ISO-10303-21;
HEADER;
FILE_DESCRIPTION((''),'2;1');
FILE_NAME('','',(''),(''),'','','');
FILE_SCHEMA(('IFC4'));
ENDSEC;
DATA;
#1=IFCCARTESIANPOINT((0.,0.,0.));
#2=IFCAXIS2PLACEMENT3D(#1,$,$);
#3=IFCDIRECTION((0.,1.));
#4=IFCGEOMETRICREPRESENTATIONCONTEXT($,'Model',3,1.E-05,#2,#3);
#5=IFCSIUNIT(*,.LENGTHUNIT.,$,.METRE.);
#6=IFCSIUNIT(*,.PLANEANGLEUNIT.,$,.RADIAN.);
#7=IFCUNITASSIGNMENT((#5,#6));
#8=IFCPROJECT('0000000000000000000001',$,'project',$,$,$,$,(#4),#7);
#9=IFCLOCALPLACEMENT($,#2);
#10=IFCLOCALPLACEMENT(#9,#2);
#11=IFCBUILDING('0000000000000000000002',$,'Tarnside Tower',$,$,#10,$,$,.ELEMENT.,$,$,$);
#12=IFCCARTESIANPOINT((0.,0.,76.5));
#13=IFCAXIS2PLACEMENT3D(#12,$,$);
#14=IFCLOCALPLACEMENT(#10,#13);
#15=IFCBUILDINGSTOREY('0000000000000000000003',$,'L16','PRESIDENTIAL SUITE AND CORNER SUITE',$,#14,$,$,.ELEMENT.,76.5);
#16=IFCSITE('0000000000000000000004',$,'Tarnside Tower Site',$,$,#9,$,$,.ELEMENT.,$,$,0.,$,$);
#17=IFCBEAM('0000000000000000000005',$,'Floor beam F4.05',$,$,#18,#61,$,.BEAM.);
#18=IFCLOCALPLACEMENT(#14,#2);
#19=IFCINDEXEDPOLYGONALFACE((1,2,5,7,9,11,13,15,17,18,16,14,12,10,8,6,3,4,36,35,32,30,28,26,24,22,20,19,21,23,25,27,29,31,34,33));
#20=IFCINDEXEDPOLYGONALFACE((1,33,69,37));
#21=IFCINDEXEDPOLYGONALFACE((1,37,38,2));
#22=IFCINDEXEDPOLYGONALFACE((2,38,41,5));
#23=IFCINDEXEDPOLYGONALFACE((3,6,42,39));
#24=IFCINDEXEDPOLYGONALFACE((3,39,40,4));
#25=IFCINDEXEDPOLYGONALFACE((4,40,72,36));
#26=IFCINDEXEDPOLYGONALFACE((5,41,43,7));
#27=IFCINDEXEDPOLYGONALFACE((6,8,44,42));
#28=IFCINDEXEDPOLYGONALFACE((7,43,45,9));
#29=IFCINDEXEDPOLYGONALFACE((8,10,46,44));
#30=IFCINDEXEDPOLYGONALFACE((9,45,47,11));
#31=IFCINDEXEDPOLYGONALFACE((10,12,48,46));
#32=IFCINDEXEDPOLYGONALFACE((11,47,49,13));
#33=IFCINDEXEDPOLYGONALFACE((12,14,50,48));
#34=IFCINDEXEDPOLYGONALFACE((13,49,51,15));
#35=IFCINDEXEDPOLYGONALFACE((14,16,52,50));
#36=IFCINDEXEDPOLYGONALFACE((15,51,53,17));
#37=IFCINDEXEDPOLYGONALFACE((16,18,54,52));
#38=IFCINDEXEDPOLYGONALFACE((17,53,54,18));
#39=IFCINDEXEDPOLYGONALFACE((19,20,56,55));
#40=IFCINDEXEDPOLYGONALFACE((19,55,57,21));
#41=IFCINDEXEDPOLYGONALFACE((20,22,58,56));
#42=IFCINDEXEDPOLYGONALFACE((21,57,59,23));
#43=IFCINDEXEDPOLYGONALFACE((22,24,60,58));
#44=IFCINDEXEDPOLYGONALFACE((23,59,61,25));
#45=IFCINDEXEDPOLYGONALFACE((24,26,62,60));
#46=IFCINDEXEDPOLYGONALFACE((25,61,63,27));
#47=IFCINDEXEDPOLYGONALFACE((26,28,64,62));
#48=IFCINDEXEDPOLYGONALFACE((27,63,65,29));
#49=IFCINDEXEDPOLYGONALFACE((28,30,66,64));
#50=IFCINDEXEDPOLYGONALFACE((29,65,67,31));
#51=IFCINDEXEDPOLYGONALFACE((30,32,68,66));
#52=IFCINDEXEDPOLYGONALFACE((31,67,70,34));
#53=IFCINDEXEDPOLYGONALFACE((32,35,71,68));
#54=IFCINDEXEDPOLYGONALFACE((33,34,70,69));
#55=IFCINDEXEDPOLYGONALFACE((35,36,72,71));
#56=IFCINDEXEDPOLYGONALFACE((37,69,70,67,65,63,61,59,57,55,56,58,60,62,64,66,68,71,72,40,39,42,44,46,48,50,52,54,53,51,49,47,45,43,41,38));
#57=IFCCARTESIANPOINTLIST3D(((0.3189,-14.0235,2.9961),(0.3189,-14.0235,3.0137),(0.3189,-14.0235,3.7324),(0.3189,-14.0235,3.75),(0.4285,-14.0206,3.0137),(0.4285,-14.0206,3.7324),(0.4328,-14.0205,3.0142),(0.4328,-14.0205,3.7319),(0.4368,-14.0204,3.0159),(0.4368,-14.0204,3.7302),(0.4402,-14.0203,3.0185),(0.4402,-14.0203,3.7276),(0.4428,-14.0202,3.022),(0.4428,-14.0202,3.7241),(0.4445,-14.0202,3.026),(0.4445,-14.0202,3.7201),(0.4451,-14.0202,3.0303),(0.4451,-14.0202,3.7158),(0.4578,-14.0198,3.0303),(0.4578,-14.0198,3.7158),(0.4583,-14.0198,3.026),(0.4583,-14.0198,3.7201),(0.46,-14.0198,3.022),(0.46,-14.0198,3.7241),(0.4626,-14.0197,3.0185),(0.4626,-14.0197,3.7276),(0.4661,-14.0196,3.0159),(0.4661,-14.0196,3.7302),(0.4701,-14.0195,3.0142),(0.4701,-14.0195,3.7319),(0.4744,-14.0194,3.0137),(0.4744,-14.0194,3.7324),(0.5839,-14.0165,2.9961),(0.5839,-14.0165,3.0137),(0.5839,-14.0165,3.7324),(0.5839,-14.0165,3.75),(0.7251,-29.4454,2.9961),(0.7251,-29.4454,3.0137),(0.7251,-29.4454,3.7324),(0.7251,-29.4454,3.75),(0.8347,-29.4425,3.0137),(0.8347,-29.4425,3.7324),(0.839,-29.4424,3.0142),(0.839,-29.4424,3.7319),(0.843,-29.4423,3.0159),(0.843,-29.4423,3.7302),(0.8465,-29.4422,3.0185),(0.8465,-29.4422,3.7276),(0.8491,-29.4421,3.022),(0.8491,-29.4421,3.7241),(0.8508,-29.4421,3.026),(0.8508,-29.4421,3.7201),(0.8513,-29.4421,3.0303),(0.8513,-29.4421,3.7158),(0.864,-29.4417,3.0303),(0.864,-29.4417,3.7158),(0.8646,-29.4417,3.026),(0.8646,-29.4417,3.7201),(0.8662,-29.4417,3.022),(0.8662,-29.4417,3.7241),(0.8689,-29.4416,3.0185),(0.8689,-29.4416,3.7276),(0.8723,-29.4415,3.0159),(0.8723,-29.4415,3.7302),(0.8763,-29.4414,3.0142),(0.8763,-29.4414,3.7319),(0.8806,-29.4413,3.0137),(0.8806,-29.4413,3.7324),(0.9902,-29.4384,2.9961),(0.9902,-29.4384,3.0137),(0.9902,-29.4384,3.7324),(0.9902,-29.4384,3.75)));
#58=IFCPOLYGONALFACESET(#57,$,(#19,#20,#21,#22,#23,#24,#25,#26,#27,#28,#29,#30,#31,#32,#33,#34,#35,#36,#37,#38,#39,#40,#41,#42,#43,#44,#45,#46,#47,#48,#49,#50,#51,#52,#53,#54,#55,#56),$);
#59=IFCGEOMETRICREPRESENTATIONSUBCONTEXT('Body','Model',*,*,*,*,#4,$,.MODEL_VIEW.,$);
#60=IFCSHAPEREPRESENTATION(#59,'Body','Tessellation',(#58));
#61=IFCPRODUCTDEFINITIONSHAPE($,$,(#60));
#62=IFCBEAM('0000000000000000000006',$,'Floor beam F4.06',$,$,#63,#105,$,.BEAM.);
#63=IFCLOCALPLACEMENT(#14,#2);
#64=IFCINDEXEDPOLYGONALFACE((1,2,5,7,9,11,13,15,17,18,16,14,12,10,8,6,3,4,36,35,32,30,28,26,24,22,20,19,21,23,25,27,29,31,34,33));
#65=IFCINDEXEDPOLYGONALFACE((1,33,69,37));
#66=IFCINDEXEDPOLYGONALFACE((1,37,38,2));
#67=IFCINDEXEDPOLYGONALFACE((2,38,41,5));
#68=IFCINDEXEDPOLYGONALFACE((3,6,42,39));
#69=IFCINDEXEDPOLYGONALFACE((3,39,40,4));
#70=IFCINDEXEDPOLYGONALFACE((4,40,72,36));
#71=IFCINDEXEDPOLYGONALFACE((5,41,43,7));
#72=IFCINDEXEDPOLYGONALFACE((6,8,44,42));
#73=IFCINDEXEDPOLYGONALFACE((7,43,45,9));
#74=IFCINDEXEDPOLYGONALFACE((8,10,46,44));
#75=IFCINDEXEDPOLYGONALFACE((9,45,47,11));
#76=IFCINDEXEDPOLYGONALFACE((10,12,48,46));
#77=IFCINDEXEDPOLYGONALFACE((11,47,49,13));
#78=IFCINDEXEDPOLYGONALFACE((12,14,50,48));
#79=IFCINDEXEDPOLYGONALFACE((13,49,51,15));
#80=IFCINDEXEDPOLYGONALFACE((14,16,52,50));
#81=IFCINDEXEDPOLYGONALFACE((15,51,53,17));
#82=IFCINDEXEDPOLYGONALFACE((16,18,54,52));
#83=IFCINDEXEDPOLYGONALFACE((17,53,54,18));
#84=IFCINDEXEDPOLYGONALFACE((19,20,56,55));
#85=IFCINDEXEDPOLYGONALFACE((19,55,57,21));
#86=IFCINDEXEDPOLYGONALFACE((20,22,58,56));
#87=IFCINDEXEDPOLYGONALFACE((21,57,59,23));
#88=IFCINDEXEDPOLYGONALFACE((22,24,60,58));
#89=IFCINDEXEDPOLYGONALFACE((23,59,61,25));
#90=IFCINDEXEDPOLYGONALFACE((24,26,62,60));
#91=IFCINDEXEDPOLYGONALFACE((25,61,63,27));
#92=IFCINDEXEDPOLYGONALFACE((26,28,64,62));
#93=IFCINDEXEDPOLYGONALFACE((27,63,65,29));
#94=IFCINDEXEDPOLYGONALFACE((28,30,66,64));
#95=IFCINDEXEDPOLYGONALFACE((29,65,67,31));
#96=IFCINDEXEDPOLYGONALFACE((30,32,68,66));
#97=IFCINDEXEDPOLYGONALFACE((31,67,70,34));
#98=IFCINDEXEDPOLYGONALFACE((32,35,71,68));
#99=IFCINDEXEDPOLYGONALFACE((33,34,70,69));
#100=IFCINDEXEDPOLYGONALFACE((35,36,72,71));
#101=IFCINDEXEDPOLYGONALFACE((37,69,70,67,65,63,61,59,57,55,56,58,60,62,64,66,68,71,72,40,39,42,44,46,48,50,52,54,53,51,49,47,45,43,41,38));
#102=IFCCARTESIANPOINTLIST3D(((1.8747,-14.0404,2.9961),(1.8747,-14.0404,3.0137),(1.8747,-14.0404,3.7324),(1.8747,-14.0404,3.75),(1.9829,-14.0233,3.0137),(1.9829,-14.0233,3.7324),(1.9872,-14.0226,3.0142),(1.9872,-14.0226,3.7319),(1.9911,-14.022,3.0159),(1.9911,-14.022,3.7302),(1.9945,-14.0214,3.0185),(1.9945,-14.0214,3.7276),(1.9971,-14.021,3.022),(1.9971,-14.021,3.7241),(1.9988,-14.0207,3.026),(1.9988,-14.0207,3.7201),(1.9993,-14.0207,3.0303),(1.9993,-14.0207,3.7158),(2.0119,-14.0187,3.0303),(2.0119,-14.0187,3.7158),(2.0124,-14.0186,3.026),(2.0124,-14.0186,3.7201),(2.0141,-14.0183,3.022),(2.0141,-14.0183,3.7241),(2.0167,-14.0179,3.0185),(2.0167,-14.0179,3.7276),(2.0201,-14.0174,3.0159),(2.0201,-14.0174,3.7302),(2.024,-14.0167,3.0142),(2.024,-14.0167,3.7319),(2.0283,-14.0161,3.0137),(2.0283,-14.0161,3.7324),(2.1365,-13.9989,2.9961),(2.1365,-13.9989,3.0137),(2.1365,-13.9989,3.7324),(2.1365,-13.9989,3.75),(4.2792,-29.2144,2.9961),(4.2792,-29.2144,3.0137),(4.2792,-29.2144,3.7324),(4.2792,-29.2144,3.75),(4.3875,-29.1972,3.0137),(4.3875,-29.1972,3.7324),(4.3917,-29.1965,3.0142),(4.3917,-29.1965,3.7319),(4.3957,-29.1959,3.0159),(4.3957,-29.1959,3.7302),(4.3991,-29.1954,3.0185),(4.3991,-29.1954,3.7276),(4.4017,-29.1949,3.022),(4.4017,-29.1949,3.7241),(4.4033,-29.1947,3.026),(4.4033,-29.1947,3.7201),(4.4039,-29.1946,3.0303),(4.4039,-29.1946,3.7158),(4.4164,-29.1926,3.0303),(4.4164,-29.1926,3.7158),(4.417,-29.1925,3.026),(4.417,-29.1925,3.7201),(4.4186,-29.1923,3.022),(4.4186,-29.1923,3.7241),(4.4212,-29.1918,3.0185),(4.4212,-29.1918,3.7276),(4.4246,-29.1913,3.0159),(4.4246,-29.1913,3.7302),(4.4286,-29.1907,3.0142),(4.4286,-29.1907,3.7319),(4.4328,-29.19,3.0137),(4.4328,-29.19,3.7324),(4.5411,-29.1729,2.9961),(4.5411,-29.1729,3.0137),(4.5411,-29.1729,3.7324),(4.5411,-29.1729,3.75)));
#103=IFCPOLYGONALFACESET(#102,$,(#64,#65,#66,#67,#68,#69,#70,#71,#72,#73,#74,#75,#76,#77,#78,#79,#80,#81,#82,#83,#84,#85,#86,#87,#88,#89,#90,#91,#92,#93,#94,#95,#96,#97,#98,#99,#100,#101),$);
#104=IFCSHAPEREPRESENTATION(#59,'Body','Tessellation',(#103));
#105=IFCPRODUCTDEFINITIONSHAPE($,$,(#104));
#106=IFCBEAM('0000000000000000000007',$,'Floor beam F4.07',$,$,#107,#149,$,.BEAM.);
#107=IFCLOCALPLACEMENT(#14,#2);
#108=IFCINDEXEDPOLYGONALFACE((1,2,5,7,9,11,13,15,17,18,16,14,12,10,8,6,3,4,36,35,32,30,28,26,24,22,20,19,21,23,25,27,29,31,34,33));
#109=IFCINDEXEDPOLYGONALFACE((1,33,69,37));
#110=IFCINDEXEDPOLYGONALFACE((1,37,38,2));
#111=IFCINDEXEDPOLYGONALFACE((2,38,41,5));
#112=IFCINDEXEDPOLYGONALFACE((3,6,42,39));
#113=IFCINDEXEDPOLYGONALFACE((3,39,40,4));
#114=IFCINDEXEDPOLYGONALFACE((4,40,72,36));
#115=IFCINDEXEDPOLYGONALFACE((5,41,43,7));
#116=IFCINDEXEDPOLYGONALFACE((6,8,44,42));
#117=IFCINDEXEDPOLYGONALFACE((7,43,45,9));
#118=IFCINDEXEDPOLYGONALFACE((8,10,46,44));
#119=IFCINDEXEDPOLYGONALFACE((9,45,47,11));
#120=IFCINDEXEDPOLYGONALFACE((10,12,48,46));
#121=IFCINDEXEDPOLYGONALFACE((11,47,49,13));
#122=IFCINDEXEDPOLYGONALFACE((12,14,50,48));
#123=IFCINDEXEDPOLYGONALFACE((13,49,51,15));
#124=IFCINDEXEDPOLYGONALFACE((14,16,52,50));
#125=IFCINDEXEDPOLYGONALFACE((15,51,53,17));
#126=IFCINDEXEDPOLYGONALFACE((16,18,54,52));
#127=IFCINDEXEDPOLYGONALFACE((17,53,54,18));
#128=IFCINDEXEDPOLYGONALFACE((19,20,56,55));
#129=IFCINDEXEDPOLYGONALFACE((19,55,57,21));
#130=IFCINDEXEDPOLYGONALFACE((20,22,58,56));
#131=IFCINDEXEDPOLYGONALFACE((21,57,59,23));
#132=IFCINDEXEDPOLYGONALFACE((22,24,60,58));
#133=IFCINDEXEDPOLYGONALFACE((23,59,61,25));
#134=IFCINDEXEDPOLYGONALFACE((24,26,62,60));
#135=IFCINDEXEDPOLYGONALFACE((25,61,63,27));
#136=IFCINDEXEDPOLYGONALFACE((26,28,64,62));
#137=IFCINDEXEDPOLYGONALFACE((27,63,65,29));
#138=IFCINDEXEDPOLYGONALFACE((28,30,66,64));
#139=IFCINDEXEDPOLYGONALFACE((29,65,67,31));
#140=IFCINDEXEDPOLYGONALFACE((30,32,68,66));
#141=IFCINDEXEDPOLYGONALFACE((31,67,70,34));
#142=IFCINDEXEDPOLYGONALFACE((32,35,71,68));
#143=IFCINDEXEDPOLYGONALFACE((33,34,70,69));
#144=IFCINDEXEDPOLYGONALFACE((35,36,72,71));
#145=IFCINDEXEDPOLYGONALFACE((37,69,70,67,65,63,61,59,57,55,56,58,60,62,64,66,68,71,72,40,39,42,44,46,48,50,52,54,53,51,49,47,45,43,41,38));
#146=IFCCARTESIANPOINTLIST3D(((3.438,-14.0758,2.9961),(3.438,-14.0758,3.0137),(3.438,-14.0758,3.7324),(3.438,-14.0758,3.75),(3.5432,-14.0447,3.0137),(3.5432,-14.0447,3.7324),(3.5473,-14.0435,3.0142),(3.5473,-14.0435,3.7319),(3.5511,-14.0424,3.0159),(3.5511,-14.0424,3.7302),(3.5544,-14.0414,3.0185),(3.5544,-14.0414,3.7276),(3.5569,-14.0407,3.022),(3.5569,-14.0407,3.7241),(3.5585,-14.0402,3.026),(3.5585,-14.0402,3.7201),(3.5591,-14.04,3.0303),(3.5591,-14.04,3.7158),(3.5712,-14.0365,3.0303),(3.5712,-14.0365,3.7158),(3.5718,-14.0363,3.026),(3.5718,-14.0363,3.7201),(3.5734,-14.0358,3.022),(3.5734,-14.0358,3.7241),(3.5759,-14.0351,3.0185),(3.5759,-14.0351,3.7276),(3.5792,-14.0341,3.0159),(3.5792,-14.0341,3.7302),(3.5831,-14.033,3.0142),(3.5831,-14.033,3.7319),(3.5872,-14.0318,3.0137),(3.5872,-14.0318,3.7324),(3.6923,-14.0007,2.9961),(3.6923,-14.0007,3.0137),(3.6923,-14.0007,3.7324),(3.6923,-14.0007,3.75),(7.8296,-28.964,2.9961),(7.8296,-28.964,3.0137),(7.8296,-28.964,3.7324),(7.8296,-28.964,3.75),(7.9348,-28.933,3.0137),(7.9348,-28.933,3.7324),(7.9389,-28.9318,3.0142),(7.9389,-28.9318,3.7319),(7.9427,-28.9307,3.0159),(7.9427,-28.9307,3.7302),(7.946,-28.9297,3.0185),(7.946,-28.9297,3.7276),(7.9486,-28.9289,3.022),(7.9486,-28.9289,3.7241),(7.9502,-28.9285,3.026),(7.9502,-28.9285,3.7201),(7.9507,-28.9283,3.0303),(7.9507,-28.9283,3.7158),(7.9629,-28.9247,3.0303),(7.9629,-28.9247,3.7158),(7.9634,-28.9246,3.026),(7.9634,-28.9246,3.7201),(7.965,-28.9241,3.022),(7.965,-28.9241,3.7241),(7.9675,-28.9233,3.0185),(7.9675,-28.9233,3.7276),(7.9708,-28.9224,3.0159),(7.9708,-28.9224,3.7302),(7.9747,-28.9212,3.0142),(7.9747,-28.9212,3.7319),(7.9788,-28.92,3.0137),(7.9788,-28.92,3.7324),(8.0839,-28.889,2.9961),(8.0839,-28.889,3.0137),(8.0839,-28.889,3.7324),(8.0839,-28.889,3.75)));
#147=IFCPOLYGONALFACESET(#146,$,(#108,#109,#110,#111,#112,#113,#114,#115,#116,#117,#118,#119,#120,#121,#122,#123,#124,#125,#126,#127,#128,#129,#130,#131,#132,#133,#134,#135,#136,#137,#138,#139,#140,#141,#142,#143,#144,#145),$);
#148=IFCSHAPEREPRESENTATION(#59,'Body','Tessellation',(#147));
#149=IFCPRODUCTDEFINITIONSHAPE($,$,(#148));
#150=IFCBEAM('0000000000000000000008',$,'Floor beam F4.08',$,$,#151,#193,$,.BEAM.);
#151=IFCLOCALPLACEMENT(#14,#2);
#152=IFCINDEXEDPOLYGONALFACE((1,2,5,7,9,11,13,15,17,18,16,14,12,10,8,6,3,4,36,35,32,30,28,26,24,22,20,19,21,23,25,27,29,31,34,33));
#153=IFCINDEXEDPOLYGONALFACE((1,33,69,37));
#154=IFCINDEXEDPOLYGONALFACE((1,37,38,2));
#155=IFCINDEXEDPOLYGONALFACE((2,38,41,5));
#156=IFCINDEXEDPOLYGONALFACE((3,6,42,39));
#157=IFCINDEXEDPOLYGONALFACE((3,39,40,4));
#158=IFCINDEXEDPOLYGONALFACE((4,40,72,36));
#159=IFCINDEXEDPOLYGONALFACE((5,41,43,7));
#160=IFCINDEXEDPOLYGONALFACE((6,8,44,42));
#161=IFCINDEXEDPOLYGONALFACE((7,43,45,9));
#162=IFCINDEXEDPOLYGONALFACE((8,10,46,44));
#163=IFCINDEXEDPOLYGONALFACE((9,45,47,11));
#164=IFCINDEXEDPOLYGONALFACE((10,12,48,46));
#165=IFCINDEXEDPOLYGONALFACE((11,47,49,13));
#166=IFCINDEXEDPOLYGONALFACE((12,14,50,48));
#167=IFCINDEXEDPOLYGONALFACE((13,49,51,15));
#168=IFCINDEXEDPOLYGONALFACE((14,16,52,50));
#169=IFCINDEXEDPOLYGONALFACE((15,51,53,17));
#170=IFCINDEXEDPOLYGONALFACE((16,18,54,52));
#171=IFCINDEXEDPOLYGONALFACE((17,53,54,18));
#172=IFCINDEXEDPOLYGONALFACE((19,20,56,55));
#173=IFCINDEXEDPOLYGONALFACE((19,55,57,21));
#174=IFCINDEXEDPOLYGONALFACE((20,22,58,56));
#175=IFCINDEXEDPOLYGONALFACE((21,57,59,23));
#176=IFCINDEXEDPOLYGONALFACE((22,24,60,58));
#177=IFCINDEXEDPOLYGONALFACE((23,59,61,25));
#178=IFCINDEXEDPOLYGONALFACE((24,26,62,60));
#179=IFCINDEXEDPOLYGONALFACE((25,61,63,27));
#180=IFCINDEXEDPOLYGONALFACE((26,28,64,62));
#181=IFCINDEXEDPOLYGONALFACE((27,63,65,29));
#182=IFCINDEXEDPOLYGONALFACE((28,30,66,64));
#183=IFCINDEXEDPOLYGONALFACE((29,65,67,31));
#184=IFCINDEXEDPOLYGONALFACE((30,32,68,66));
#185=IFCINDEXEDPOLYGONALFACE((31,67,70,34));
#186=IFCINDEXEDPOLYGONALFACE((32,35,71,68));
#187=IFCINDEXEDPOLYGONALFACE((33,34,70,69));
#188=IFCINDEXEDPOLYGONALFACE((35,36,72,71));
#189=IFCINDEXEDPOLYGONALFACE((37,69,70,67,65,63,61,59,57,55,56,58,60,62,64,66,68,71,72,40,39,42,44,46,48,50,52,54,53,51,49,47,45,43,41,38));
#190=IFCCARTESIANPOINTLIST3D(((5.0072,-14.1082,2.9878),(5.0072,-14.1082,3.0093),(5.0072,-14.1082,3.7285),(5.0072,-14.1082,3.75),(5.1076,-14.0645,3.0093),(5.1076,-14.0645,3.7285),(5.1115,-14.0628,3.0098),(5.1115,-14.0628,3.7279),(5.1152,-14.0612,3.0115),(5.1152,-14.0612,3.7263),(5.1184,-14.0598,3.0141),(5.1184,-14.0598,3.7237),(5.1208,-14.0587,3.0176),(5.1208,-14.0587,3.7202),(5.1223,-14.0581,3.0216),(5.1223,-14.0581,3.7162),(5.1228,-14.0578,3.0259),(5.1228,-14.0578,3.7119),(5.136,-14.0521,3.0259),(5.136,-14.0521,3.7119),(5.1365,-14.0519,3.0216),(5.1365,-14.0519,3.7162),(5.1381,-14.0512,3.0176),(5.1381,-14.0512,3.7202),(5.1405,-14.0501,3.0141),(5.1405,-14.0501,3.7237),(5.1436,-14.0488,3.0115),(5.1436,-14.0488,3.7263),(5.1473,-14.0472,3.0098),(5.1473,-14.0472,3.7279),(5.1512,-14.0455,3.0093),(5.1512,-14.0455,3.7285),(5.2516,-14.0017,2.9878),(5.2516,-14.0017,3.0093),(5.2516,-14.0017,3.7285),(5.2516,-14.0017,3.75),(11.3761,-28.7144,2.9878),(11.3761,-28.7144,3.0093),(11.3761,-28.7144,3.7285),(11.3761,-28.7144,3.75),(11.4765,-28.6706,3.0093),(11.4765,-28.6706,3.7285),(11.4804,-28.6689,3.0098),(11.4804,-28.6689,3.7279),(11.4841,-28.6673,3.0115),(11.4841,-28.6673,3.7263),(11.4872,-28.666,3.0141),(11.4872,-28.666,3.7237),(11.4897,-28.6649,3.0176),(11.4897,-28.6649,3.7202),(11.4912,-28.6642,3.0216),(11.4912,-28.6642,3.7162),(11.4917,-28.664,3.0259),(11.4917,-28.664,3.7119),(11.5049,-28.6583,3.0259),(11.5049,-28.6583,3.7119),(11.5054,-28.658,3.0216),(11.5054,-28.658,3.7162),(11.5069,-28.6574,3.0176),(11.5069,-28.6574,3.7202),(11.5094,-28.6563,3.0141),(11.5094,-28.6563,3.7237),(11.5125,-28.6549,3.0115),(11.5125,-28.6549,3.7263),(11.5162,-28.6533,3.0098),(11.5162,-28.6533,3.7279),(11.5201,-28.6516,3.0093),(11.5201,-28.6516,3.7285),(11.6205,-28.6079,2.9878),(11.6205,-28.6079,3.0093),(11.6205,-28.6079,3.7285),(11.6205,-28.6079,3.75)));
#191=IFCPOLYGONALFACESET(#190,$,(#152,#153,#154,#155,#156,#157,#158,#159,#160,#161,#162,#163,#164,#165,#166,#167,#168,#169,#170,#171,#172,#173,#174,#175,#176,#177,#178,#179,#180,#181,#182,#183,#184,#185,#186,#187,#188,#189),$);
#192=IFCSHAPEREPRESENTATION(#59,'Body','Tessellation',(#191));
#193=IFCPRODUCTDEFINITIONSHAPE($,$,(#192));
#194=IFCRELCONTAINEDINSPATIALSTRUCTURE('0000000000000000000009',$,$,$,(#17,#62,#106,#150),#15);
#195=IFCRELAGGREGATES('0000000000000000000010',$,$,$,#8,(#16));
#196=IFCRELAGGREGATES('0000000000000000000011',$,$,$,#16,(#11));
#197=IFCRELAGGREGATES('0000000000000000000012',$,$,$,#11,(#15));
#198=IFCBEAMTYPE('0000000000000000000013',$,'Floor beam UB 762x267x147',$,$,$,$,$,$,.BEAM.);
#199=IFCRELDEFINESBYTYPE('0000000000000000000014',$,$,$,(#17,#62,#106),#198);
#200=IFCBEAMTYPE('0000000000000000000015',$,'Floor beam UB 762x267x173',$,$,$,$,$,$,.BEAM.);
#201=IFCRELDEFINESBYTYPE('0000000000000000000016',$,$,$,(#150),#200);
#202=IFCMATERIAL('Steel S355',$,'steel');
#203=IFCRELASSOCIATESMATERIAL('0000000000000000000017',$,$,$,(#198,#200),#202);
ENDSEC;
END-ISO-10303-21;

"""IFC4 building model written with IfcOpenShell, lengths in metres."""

from ifc_helpers import new_model, si_unit, direction, frame, origin, origin_2d, place, context, subcontext, project, spatial, i_section, extrude, material, material_profile, profile_set, type_object, element, save


model = new_model("IFC4")

# Units and contexts
model_context = context("Model", 3, precision=1e-05, world=origin(), true_north=direction((0.0, 1.0)))
body_context = subcontext(model_context, "Body", "Model", "MODEL_VIEW")
ifc_project = project(units=[si_unit("LENGTHUNIT", "METRE"), si_unit("PLANEANGLEUNIT", "RADIAN")], contexts=[model_context])

# Site, building, storey
site_placement = place(None, origin())
site = spatial("IfcSite", under=ifc_project, at=site_placement, Name="Tarnside Tower Site", CompositionType="ELEMENT", RefElevation=0.0)
building_placement = place(site_placement, origin())
building = spatial("IfcBuilding", under=site, at=building_placement, Name="Tarnside Tower", CompositionType="ELEMENT")
storey_placement = place(building_placement, frame((0.0, 0.0, 76.5)))
storey = spatial("IfcBuildingStorey", under=building, at=storey_placement, Name="L16", Description="PRESIDENTIAL SUITE AND CORNER SUITE", CompositionType="ELEMENT", Elevation=76.5)

# Beams
ifc_material_1 = material(Name="Steel S355", Category="steel")
ifc_material_profile_1 = material_profile(ifc_material_1, i_section(OverallWidth=0.2651, OverallDepth=0.7539, WebThickness=0.0127, FlangeThickness=0.0176, FilletRadius=0.0166, at=origin_2d()), Name="UB 762x267x147")
ifc_profile_set_1 = profile_set([ifc_material_profile_1], Name="Steel S355")
beam_type_1 = type_object("IfcBeamType", Name="Floor beam UB 762x267x147", PredefinedType="BEAM", material=ifc_profile_set_1)
beam_1_placement = place(storey_placement, frame((0.8577, -29.4419, 3.373), z_axis=(-0.026333, 0.999653, 0.0), x_axis=(-0.999653, -0.026333, 0.0)))
element("IfcBeam", 1, at=beam_1_placement, inside=storey, type_object=beam_type_1, Name="Floor beam F4.05", PredefinedType="BEAM", context=body_context, shape_type="SweptSolid", body=[
    extrude(i_section(OverallWidth=0.2651, OverallDepth=0.7539, WebThickness=0.0127, FlangeThickness=0.0176, FilletRadius=0.0166, at=origin_2d()), origin(), (0.0, 0.0, 1.0), 15.4272),
])
beam_2_placement = place(storey_placement, frame((4.4102, -29.1936, 3.373), z_axis=(-0.156513, 0.987676, 0.0), x_axis=(-0.987676, -0.156513, 0.0)))
element("IfcBeam", 2, at=beam_2_placement, inside=storey, type_object=beam_type_1, Name="Floor beam F4.06", PredefinedType="BEAM", context=body_context, shape_type="SweptSolid", body=[
    extrude(i_section(OverallWidth=0.2651, OverallDepth=0.7539, WebThickness=0.0127, FlangeThickness=0.0176, FilletRadius=0.0166, at=origin_2d()), origin(), (0.0, 0.0, 1.0), 15.3633),
])
beam_3_placement = place(storey_placement, frame((7.9568, -28.9265, 3.373), z_axis=(-0.282921, 0.959143, 0.0), x_axis=(-0.959143, -0.282921, 0.0)))
element("IfcBeam", 3, at=beam_3_placement, inside=storey, type_object=beam_type_1, Name="Floor beam F4.07", PredefinedType="BEAM", context=body_context, shape_type="SweptSolid", body=[
    extrude(i_section(OverallWidth=0.2651, OverallDepth=0.7539, WebThickness=0.0127, FlangeThickness=0.0176, FilletRadius=0.0166, at=origin_2d()), origin(), (0.0, 0.0, 1.0), 15.5225),
])
ifc_material_profile_2 = material_profile(ifc_material_1, i_section(OverallWidth=0.2666, OverallDepth=0.7622, WebThickness=0.0144, FlangeThickness=0.0215, FilletRadius=0.0166, at=origin_2d()), Name="UB 762x267x173")
ifc_profile_set_2 = profile_set([ifc_material_profile_2], Name="Steel S355")
beam_type_2 = type_object("IfcBeamType", Name="Floor beam UB 762x267x173", PredefinedType="BEAM", material=ifc_profile_set_2)
beam_4_placement = place(storey_placement, frame((11.4983, -28.6611, 3.3689), z_axis=(-0.399696, 0.916648, 0.0), x_axis=(-0.916648, -0.399696, 0.0)))
element("IfcBeam", 4, at=beam_4_placement, inside=storey, type_object=beam_type_2, Name="Floor beam F4.08", PredefinedType="BEAM", context=body_context, shape_type="SweptSolid", body=[
    extrude(i_section(OverallWidth=0.2666, OverallDepth=0.7622, WebThickness=0.0144, FlangeThickness=0.0215, FilletRadius=0.0166, at=origin_2d()), origin(), (0.0, 0.0, 1.0), 15.9343),
])

save(model, "model.ifc")
